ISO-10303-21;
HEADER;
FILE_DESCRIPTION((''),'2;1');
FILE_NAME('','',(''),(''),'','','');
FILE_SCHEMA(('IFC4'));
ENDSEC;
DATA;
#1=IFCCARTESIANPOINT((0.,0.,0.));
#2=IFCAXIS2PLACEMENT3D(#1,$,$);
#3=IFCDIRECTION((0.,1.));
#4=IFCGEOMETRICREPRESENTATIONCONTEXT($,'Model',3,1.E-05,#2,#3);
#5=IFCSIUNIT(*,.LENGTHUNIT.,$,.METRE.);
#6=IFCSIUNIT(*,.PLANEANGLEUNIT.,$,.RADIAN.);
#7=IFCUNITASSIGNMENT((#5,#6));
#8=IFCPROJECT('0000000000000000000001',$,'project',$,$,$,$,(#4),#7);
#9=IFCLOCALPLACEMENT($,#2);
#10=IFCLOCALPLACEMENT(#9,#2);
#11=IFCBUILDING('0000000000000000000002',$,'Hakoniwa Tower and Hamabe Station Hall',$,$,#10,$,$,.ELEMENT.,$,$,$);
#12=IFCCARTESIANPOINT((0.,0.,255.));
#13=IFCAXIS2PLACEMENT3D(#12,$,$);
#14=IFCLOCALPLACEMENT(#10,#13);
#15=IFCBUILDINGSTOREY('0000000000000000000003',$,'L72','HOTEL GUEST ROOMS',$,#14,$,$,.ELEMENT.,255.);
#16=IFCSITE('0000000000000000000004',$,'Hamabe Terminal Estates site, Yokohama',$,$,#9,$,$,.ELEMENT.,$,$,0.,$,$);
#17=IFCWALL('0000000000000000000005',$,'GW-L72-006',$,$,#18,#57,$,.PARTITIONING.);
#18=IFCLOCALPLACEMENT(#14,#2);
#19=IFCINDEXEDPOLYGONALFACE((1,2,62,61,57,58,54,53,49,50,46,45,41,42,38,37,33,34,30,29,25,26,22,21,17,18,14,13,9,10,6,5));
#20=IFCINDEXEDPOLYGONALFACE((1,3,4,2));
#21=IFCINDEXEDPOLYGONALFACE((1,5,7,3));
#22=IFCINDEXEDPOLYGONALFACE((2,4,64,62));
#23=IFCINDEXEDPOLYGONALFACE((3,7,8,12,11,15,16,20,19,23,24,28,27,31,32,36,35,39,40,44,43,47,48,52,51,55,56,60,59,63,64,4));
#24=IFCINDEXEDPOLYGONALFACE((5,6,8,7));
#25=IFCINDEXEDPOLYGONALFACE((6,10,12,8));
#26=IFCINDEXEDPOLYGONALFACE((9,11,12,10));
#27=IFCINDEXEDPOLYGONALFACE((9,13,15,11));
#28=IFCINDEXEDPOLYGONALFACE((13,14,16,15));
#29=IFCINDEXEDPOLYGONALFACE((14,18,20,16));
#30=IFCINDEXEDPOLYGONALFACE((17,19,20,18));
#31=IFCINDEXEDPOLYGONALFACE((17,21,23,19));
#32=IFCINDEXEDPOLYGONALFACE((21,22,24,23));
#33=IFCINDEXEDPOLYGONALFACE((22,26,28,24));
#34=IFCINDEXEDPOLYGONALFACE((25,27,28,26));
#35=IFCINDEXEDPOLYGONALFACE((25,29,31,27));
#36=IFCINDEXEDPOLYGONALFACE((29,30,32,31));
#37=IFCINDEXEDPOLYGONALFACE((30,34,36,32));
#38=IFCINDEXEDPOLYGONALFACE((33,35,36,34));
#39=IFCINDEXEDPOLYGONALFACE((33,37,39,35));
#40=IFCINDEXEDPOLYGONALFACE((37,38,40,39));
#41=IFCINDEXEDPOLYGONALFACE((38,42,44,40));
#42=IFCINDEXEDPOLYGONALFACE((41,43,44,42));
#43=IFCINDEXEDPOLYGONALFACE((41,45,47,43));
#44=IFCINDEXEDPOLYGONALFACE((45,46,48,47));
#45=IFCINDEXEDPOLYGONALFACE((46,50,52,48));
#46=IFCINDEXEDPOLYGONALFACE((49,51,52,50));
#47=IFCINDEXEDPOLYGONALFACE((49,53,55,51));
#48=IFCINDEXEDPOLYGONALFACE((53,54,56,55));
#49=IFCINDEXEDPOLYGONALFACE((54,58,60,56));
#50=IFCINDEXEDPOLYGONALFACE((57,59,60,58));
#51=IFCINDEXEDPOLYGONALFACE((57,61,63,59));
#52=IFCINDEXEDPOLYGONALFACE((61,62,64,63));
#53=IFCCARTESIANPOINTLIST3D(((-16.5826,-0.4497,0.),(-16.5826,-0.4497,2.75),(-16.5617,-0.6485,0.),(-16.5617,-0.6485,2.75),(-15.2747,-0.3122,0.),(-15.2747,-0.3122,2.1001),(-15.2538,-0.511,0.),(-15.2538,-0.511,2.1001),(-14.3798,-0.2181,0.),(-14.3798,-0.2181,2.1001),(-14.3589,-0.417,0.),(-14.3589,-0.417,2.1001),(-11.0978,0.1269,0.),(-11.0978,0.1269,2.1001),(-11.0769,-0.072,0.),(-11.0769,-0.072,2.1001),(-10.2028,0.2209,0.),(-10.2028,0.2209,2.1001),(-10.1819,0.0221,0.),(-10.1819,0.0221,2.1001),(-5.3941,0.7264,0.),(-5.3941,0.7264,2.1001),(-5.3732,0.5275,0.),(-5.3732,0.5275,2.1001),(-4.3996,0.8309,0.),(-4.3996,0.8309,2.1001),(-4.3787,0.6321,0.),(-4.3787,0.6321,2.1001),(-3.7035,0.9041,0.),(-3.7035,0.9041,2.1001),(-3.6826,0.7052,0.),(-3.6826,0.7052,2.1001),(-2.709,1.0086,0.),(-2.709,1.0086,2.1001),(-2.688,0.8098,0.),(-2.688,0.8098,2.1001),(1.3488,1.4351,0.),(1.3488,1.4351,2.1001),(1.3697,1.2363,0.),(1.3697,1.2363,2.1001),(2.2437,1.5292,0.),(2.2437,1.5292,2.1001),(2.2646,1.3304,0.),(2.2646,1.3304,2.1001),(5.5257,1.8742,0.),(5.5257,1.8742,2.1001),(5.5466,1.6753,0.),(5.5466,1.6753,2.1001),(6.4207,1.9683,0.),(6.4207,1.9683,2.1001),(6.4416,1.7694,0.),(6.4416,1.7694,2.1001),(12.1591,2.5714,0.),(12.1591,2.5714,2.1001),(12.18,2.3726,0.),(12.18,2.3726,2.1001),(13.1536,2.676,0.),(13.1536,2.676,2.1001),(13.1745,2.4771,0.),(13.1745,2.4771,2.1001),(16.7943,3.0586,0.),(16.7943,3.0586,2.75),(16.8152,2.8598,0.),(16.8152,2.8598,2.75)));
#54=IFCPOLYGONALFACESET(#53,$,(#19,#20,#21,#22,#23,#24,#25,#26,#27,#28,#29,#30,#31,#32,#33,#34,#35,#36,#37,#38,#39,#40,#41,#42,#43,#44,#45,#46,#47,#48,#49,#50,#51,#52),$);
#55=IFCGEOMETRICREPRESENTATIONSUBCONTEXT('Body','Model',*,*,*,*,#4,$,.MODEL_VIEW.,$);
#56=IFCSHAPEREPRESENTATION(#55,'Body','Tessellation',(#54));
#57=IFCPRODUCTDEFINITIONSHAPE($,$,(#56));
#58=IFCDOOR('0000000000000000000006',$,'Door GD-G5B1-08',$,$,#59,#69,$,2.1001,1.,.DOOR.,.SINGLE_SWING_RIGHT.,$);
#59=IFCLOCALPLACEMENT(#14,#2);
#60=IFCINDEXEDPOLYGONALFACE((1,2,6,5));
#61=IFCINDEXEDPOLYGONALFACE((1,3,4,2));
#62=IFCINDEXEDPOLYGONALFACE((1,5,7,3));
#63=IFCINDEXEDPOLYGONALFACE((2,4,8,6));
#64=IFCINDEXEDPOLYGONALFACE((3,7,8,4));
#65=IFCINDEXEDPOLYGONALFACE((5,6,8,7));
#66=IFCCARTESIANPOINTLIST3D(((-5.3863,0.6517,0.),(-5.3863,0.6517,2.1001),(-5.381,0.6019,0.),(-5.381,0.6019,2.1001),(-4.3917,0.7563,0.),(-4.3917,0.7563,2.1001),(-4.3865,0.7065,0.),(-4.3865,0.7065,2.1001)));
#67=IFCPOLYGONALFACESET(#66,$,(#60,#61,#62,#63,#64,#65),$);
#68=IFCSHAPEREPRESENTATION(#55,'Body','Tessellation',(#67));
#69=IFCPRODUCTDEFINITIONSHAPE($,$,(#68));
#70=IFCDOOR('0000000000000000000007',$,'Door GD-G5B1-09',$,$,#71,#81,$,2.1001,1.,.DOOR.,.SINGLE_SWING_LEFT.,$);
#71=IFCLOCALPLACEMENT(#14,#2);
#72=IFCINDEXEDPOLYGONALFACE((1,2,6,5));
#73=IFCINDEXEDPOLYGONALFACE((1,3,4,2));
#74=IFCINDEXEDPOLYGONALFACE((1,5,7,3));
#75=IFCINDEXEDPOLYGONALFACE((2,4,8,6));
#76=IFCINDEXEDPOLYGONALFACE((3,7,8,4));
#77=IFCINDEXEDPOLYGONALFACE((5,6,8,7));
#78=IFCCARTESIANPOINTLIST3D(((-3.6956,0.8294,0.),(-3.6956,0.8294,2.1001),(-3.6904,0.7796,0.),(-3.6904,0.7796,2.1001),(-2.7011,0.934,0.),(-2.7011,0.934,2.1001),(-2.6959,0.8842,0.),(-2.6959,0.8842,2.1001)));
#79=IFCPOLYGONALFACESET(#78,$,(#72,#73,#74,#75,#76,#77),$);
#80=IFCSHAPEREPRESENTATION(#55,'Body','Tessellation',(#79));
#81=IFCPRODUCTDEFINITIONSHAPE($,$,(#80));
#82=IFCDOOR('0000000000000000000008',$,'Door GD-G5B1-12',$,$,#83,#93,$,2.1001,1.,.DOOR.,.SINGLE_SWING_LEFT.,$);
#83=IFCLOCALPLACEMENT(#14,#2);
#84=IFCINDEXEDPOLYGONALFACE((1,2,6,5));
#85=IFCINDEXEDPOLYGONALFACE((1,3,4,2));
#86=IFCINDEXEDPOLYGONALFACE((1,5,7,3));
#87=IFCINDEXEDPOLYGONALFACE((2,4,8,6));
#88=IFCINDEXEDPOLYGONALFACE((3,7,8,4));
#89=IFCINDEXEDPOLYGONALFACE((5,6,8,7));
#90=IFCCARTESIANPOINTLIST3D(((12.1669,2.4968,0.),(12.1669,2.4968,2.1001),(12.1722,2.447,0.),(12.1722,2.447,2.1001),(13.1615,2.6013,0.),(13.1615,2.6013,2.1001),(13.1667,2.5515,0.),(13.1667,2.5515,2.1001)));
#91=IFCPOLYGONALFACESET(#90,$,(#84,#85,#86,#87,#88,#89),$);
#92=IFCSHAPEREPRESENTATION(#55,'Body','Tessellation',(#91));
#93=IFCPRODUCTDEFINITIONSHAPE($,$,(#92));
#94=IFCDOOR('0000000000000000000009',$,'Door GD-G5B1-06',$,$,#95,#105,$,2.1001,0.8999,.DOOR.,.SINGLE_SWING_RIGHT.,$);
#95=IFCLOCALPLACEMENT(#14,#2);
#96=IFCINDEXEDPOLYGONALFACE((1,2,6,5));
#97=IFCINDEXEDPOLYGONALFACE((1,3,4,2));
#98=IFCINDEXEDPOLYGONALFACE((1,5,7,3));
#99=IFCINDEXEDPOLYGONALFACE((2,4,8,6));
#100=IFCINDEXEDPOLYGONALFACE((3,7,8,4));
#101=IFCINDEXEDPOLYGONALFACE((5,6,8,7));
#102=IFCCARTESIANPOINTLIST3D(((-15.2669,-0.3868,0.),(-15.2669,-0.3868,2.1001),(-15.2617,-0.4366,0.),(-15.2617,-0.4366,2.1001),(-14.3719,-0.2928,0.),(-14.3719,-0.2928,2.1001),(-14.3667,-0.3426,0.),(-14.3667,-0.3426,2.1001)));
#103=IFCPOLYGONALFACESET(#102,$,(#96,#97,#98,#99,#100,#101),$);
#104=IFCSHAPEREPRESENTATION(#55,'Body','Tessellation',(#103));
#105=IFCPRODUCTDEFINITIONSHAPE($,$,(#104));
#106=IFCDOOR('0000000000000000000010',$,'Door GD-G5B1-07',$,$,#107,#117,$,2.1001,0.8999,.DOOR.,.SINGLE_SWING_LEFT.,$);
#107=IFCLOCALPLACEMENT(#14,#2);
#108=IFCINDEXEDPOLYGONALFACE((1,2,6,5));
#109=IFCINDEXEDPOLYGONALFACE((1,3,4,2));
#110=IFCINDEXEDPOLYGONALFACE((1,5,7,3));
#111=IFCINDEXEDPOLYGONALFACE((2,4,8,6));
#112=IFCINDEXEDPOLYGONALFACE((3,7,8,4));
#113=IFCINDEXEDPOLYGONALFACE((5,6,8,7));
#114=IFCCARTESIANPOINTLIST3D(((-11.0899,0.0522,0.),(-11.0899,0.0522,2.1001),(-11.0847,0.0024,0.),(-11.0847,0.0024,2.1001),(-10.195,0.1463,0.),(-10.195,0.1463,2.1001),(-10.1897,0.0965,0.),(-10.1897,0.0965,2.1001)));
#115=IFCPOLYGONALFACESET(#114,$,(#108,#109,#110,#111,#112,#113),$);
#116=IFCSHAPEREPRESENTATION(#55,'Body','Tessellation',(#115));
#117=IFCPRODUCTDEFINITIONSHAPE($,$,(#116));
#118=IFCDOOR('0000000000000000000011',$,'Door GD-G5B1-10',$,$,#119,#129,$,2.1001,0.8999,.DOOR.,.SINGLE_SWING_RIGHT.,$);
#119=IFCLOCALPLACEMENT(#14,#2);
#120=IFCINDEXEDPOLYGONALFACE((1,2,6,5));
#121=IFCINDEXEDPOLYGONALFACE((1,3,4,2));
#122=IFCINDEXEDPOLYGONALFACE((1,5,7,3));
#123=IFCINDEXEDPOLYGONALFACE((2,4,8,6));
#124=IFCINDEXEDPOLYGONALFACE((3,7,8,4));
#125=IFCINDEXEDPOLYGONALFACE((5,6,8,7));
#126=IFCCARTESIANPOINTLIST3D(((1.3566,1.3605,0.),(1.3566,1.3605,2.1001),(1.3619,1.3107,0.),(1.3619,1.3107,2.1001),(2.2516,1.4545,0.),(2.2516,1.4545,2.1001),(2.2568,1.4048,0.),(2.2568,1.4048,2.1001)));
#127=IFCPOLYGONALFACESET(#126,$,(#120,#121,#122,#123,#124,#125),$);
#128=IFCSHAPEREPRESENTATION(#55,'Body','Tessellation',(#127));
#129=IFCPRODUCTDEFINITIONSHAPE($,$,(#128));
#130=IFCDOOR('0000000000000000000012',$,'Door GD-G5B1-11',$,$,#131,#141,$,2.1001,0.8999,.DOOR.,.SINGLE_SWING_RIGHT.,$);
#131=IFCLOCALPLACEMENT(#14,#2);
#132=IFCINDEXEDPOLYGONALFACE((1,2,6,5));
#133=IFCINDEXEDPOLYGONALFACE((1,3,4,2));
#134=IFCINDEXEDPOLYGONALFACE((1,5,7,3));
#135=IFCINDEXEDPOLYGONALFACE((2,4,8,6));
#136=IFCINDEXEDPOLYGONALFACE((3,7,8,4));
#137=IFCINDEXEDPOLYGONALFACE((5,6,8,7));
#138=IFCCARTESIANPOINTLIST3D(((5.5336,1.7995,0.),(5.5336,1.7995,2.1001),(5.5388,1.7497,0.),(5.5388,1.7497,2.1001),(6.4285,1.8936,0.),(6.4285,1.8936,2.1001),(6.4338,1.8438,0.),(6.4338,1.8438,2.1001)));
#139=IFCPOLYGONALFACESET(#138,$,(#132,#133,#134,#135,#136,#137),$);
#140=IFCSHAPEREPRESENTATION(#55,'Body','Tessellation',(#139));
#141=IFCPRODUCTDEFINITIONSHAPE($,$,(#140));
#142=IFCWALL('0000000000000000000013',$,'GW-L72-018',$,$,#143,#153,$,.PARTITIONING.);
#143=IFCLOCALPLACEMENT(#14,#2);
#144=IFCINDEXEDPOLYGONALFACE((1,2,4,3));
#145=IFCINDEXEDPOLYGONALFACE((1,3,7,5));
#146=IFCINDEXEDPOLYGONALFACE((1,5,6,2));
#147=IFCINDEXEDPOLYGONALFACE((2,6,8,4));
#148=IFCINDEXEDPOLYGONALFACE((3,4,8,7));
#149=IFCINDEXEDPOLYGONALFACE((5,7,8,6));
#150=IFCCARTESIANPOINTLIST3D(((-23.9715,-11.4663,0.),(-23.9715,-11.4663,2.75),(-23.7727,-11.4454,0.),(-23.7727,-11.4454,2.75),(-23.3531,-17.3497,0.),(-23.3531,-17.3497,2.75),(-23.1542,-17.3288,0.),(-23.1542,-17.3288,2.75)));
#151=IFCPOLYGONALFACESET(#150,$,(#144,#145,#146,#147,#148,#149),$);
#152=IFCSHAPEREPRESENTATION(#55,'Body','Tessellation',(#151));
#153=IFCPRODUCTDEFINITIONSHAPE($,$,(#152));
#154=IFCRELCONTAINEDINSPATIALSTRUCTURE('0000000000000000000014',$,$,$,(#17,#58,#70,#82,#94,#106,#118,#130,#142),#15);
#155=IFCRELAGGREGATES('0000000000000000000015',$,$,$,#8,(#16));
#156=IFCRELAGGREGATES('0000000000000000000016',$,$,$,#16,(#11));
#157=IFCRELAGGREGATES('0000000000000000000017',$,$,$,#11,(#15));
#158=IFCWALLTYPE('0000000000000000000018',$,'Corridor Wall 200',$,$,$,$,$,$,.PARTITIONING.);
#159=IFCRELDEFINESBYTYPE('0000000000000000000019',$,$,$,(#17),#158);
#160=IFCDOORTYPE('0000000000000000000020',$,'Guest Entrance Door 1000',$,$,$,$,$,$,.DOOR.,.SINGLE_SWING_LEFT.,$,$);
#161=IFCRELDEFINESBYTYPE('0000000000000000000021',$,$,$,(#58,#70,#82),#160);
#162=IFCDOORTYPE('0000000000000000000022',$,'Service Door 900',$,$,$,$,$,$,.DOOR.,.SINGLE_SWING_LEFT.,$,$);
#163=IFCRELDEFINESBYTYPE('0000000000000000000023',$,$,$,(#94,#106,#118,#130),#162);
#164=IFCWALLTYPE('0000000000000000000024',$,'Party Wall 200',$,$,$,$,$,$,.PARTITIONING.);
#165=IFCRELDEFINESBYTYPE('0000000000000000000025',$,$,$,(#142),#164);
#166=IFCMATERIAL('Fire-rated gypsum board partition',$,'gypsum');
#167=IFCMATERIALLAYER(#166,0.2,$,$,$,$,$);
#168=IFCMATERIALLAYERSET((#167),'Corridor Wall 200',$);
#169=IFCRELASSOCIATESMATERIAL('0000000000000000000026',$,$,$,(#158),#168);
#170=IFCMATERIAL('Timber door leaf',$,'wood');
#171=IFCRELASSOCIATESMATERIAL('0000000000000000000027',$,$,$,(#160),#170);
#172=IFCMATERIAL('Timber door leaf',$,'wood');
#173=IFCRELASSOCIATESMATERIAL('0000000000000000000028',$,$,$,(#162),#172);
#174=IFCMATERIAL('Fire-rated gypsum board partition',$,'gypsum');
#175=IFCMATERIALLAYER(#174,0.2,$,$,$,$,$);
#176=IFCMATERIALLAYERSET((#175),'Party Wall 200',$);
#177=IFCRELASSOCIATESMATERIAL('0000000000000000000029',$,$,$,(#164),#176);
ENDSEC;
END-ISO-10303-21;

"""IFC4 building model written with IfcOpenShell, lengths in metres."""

from ifc_helpers import new_model, si_unit, direction, frame, frame_2d, origin, place, context, subcontext, project, spatial, rectangle, extrude, material, layer, layer_set, type_object, element, fill, save


model = new_model("IFC4")

# Units and contexts
model_context = context("Model", 3, precision=1e-05, world=origin(), true_north=direction((0.0, 1.0)))
body_context = subcontext(model_context, "Body", "Model", "MODEL_VIEW")
ifc_project = project(units=[si_unit("LENGTHUNIT", "METRE"), si_unit("PLANEANGLEUNIT", "RADIAN")], contexts=[model_context])

# Site, building, storey
site_placement = place(None, origin())
site = spatial("IfcSite", under=ifc_project, at=site_placement, Name="Hamabe Terminal Estates site, Yokohama", CompositionType="ELEMENT", RefElevation=0.0)
building_placement = place(site_placement, origin())
building = spatial("IfcBuilding", under=site, at=building_placement, Name="Hakoniwa Tower and Hamabe Station Hall", CompositionType="ELEMENT")
storey_placement = place(building_placement, frame((0.0, 0.0, 255.0)))
storey = spatial("IfcBuildingStorey", under=building, at=storey_placement, Name="L72", Description="HOTEL GUEST ROOMS", CompositionType="ELEMENT", Elevation=255.0)

# Wall, openings, doors
ifc_material_1 = material(Name="Fire-rated gypsum board partition", Category="gypsum")
ifc_layer_1 = layer(ifc_material_1, 0.2)
ifc_layer_set_1 = layer_set([ifc_layer_1], Name="Corridor Wall 200")
wall_type_1 = type_object("IfcWallType", Name="Corridor Wall 200", PredefinedType="PARTITIONING", material=ifc_layer_set_1)
wall_1_placement = place(storey_placement, frame((-16.572, -0.5491, 0.0), z_axis=(0.0, 0.0, 1.0), x_axis=(0.994521, 0.104536, 0.0)))
wall_1 = element("IfcWall", 1, at=wall_1_placement, inside=storey, type_object=wall_type_1, Name="GW-L72-006", PredefinedType="PARTITIONING", context=body_context, shape_type="SweptSolid", body=[
    extrude(rectangle(XDim=33.5608, YDim=0.2, at=frame_2d((16.7803, 0.0))), origin(), (0.0, 0.0, 1.0), 2.75),
])
opening_1_placement = place(wall_1_placement, frame((1.3149, 0.0, 0.0)))
opening_1 = element("IfcOpeningElement", 2, at=opening_1_placement, cuts=wall_1, PredefinedType="OPENING", context=body_context, shape_type="SweptSolid", body=[
    extrude(rectangle(XDim=0.8999, YDim=2.1001, at=frame_2d((0.45, 1.05))), frame((0.0, 0.1099, 0.0), z_axis=(0.0, -1.0, 0.0), x_axis=(1.0, 0.0, 0.0)), (0.0, 0.0, 1.0), 0.22),
])
opening_2_placement = place(wall_1_placement, frame((5.5149, 0.0, 0.0)))
opening_2 = element("IfcOpeningElement", 3, at=opening_2_placement, cuts=wall_1, PredefinedType="OPENING", context=body_context, shape_type="SweptSolid", body=[
    extrude(rectangle(XDim=0.8999, YDim=2.1001, at=frame_2d((0.45, 1.05))), frame((0.0, 0.1099, 0.0), z_axis=(0.0, -1.0, 0.0), x_axis=(1.0, 0.0, 0.0)), (0.0, 0.0, 1.0), 0.22),
])
opening_3_placement = place(wall_1_placement, frame((11.25, 0.0, 0.0)))
opening_3 = element("IfcOpeningElement", 4, at=opening_3_placement, cuts=wall_1, PredefinedType="OPENING", context=body_context, shape_type="SweptSolid", body=[
    extrude(rectangle(XDim=1.0, YDim=2.1001, at=frame_2d((0.5, 1.05))), frame((0.0, 0.1099, 0.0), z_axis=(0.0, -1.0, 0.0), x_axis=(1.0, 0.0, 0.0)), (0.0, 0.0, 1.0), 0.22),
])
opening_4_placement = place(wall_1_placement, frame((12.95, 0.0, 0.0)))
opening_4 = element("IfcOpeningElement", 5, at=opening_4_placement, cuts=wall_1, PredefinedType="OPENING", context=body_context, shape_type="SweptSolid", body=[
    extrude(rectangle(XDim=1.0, YDim=2.1001, at=frame_2d((0.5, 1.05))), frame((0.0, 0.1099, 0.0), z_axis=(0.0, -1.0, 0.0), x_axis=(1.0, 0.0, 0.0)), (0.0, 0.0, 1.0), 0.22),
])
opening_5_placement = place(wall_1_placement, frame((18.03, 0.0, 0.0)))
opening_5 = element("IfcOpeningElement", 6, at=opening_5_placement, cuts=wall_1, PredefinedType="OPENING", context=body_context, shape_type="SweptSolid", body=[
    extrude(rectangle(XDim=0.8999, YDim=2.1001, at=frame_2d((0.45, 1.05))), frame((0.0, 0.1099, 0.0), z_axis=(0.0, -1.0, 0.0), x_axis=(1.0, 0.0, 0.0)), (0.0, 0.0, 1.0), 0.22),
])
opening_6_placement = place(wall_1_placement, frame((22.23, 0.0, 0.0)))
opening_6 = element("IfcOpeningElement", 7, at=opening_6_placement, cuts=wall_1, PredefinedType="OPENING", context=body_context, shape_type="SweptSolid", body=[
    extrude(rectangle(XDim=0.8999, YDim=2.1001, at=frame_2d((0.45, 1.05))), frame((0.0, 0.1099, 0.0), z_axis=(0.0, -1.0, 0.0), x_axis=(1.0, 0.0, 0.0)), (0.0, 0.0, 1.0), 0.22),
])
opening_7_placement = place(wall_1_placement, frame((28.8999, 0.0, 0.0)))
opening_7 = element("IfcOpeningElement", 8, at=opening_7_placement, cuts=wall_1, PredefinedType="OPENING", context=body_context, shape_type="SweptSolid", body=[
    extrude(rectangle(XDim=1.0, YDim=2.1001, at=frame_2d((0.5, 1.05))), frame((0.0, 0.1099, 0.0), z_axis=(0.0, -1.0, 0.0), x_axis=(1.0, 0.0, 0.0)), (0.0, 0.0, 1.0), 0.22),
])
ifc_material_2 = material(Name="Timber door leaf", Category="wood")
door_type_1 = type_object("IfcDoorType", Name="Guest Entrance Door 1000", OperationType="SINGLE_SWING_LEFT", PredefinedType="DOOR", material=ifc_material_2)
door_1_placement = place(opening_3_placement, origin())
door_1 = element("IfcDoor", 9, at=door_1_placement, inside=storey, type_object=door_type_1, Name="Door GD-G5B1-08", OperationType="SINGLE_SWING_RIGHT", OverallHeight=2.1001, OverallWidth=1.0, PredefinedType="DOOR", context=body_context, shape_type="SweptSolid", body=[
    extrude(rectangle(XDim=1.0, YDim=2.1001, at=frame_2d((0.5, 1.05))), frame((0.0, 0.0249, 0.0), z_axis=(0.0, -1.0, 0.0), x_axis=(1.0, 0.0, 0.0)), (0.0, 0.0, 1.0), 0.05),
])
fill(opening_3, door_1)
door_2_placement = place(opening_4_placement, origin())
door_2 = element("IfcDoor", 10, at=door_2_placement, inside=storey, type_object=door_type_1, Name="Door GD-G5B1-09", OperationType="SINGLE_SWING_LEFT", OverallHeight=2.1001, OverallWidth=1.0, PredefinedType="DOOR", context=body_context, shape_type="SweptSolid", body=[
    extrude(rectangle(XDim=1.0, YDim=2.1001, at=frame_2d((0.5, 1.05))), frame((0.0, 0.0249, 0.0), z_axis=(0.0, -1.0, 0.0), x_axis=(1.0, 0.0, 0.0)), (0.0, 0.0, 1.0), 0.05),
])
fill(opening_4, door_2)
door_3_placement = place(opening_7_placement, origin())
door_3 = element("IfcDoor", 11, at=door_3_placement, inside=storey, type_object=door_type_1, Name="Door GD-G5B1-12", OperationType="SINGLE_SWING_LEFT", OverallHeight=2.1001, OverallWidth=1.0, PredefinedType="DOOR", context=body_context, shape_type="SweptSolid", body=[
    extrude(rectangle(XDim=1.0, YDim=2.1001, at=frame_2d((0.5, 1.05))), frame((0.0, 0.0249, 0.0), z_axis=(0.0, -1.0, 0.0), x_axis=(1.0, 0.0, 0.0)), (0.0, 0.0, 1.0), 0.05),
])
fill(opening_7, door_3)
ifc_material_3 = material(Name="Timber door leaf", Category="wood")
door_type_2 = type_object("IfcDoorType", Name="Service Door 900", OperationType="SINGLE_SWING_LEFT", PredefinedType="DOOR", material=ifc_material_3)
door_4_placement = place(opening_1_placement, origin())
door_4 = element("IfcDoor", 12, at=door_4_placement, inside=storey, type_object=door_type_2, Name="Door GD-G5B1-06", OperationType="SINGLE_SWING_RIGHT", OverallHeight=2.1001, OverallWidth=0.8999, PredefinedType="DOOR", context=body_context, shape_type="SweptSolid", body=[
    extrude(rectangle(XDim=0.8999, YDim=2.1001, at=frame_2d((0.45, 1.05))), frame((0.0, 0.0249, 0.0), z_axis=(0.0, -1.0, 0.0), x_axis=(1.0, 0.0, 0.0)), (0.0, 0.0, 1.0), 0.05),
])
fill(opening_1, door_4)
door_5_placement = place(opening_2_placement, origin())
door_5 = element("IfcDoor", 13, at=door_5_placement, inside=storey, type_object=door_type_2, Name="Door GD-G5B1-07", OperationType="SINGLE_SWING_LEFT", OverallHeight=2.1001, OverallWidth=0.8999, PredefinedType="DOOR", context=body_context, shape_type="SweptSolid", body=[
    extrude(rectangle(XDim=0.8999, YDim=2.1001, at=frame_2d((0.45, 1.05))), frame((0.0, 0.0249, 0.0), z_axis=(0.0, -1.0, 0.0), x_axis=(1.0, 0.0, 0.0)), (0.0, 0.0, 1.0), 0.05),
])
fill(opening_2, door_5)
door_6_placement = place(opening_5_placement, origin())
door_6 = element("IfcDoor", 14, at=door_6_placement, inside=storey, type_object=door_type_2, Name="Door GD-G5B1-10", OperationType="SINGLE_SWING_RIGHT", OverallHeight=2.1001, OverallWidth=0.8999, PredefinedType="DOOR", context=body_context, shape_type="SweptSolid", body=[
    extrude(rectangle(XDim=0.8999, YDim=2.1001, at=frame_2d((0.45, 1.05))), frame((0.0, 0.0249, 0.0), z_axis=(0.0, -1.0, 0.0), x_axis=(1.0, 0.0, 0.0)), (0.0, 0.0, 1.0), 0.05),
])
fill(opening_5, door_6)
door_7_placement = place(opening_6_placement, origin())
door_7 = element("IfcDoor", 15, at=door_7_placement, inside=storey, type_object=door_type_2, Name="Door GD-G5B1-11", OperationType="SINGLE_SWING_RIGHT", OverallHeight=2.1001, OverallWidth=0.8999, PredefinedType="DOOR", context=body_context, shape_type="SweptSolid", body=[
    extrude(rectangle(XDim=0.8999, YDim=2.1001, at=frame_2d((0.45, 1.05))), frame((0.0, 0.0249, 0.0), z_axis=(0.0, -1.0, 0.0), x_axis=(1.0, 0.0, 0.0)), (0.0, 0.0, 1.0), 0.05),
])
fill(opening_6, door_7)

# Wall
ifc_material_4 = material(Name="Fire-rated gypsum board partition", Category="gypsum")
ifc_layer_2 = layer(ifc_material_4, 0.2)
ifc_layer_set_2 = layer_set([ifc_layer_2], Name="Party Wall 200")
wall_type_2 = type_object("IfcWallType", Name="Party Wall 200", PredefinedType="PARTITIONING", material=ifc_layer_set_2)
wall_2_placement = place(storey_placement, frame((-23.2537, -17.3394, 0.0), z_axis=(0.0, 0.0, 1.0), x_axis=(-0.104537, 0.994521, 0.0)))
element("IfcWall", 16, at=wall_2_placement, inside=storey, type_object=wall_type_2, Name="GW-L72-018", PredefinedType="PARTITIONING", context=body_context, shape_type="SweptSolid", body=[
    extrude(rectangle(XDim=5.9158, YDim=0.2, at=frame_2d((2.958, 0.0))), origin(), (0.0, 0.0, 1.0), 2.75),
])

save(model, "model.ifc")
